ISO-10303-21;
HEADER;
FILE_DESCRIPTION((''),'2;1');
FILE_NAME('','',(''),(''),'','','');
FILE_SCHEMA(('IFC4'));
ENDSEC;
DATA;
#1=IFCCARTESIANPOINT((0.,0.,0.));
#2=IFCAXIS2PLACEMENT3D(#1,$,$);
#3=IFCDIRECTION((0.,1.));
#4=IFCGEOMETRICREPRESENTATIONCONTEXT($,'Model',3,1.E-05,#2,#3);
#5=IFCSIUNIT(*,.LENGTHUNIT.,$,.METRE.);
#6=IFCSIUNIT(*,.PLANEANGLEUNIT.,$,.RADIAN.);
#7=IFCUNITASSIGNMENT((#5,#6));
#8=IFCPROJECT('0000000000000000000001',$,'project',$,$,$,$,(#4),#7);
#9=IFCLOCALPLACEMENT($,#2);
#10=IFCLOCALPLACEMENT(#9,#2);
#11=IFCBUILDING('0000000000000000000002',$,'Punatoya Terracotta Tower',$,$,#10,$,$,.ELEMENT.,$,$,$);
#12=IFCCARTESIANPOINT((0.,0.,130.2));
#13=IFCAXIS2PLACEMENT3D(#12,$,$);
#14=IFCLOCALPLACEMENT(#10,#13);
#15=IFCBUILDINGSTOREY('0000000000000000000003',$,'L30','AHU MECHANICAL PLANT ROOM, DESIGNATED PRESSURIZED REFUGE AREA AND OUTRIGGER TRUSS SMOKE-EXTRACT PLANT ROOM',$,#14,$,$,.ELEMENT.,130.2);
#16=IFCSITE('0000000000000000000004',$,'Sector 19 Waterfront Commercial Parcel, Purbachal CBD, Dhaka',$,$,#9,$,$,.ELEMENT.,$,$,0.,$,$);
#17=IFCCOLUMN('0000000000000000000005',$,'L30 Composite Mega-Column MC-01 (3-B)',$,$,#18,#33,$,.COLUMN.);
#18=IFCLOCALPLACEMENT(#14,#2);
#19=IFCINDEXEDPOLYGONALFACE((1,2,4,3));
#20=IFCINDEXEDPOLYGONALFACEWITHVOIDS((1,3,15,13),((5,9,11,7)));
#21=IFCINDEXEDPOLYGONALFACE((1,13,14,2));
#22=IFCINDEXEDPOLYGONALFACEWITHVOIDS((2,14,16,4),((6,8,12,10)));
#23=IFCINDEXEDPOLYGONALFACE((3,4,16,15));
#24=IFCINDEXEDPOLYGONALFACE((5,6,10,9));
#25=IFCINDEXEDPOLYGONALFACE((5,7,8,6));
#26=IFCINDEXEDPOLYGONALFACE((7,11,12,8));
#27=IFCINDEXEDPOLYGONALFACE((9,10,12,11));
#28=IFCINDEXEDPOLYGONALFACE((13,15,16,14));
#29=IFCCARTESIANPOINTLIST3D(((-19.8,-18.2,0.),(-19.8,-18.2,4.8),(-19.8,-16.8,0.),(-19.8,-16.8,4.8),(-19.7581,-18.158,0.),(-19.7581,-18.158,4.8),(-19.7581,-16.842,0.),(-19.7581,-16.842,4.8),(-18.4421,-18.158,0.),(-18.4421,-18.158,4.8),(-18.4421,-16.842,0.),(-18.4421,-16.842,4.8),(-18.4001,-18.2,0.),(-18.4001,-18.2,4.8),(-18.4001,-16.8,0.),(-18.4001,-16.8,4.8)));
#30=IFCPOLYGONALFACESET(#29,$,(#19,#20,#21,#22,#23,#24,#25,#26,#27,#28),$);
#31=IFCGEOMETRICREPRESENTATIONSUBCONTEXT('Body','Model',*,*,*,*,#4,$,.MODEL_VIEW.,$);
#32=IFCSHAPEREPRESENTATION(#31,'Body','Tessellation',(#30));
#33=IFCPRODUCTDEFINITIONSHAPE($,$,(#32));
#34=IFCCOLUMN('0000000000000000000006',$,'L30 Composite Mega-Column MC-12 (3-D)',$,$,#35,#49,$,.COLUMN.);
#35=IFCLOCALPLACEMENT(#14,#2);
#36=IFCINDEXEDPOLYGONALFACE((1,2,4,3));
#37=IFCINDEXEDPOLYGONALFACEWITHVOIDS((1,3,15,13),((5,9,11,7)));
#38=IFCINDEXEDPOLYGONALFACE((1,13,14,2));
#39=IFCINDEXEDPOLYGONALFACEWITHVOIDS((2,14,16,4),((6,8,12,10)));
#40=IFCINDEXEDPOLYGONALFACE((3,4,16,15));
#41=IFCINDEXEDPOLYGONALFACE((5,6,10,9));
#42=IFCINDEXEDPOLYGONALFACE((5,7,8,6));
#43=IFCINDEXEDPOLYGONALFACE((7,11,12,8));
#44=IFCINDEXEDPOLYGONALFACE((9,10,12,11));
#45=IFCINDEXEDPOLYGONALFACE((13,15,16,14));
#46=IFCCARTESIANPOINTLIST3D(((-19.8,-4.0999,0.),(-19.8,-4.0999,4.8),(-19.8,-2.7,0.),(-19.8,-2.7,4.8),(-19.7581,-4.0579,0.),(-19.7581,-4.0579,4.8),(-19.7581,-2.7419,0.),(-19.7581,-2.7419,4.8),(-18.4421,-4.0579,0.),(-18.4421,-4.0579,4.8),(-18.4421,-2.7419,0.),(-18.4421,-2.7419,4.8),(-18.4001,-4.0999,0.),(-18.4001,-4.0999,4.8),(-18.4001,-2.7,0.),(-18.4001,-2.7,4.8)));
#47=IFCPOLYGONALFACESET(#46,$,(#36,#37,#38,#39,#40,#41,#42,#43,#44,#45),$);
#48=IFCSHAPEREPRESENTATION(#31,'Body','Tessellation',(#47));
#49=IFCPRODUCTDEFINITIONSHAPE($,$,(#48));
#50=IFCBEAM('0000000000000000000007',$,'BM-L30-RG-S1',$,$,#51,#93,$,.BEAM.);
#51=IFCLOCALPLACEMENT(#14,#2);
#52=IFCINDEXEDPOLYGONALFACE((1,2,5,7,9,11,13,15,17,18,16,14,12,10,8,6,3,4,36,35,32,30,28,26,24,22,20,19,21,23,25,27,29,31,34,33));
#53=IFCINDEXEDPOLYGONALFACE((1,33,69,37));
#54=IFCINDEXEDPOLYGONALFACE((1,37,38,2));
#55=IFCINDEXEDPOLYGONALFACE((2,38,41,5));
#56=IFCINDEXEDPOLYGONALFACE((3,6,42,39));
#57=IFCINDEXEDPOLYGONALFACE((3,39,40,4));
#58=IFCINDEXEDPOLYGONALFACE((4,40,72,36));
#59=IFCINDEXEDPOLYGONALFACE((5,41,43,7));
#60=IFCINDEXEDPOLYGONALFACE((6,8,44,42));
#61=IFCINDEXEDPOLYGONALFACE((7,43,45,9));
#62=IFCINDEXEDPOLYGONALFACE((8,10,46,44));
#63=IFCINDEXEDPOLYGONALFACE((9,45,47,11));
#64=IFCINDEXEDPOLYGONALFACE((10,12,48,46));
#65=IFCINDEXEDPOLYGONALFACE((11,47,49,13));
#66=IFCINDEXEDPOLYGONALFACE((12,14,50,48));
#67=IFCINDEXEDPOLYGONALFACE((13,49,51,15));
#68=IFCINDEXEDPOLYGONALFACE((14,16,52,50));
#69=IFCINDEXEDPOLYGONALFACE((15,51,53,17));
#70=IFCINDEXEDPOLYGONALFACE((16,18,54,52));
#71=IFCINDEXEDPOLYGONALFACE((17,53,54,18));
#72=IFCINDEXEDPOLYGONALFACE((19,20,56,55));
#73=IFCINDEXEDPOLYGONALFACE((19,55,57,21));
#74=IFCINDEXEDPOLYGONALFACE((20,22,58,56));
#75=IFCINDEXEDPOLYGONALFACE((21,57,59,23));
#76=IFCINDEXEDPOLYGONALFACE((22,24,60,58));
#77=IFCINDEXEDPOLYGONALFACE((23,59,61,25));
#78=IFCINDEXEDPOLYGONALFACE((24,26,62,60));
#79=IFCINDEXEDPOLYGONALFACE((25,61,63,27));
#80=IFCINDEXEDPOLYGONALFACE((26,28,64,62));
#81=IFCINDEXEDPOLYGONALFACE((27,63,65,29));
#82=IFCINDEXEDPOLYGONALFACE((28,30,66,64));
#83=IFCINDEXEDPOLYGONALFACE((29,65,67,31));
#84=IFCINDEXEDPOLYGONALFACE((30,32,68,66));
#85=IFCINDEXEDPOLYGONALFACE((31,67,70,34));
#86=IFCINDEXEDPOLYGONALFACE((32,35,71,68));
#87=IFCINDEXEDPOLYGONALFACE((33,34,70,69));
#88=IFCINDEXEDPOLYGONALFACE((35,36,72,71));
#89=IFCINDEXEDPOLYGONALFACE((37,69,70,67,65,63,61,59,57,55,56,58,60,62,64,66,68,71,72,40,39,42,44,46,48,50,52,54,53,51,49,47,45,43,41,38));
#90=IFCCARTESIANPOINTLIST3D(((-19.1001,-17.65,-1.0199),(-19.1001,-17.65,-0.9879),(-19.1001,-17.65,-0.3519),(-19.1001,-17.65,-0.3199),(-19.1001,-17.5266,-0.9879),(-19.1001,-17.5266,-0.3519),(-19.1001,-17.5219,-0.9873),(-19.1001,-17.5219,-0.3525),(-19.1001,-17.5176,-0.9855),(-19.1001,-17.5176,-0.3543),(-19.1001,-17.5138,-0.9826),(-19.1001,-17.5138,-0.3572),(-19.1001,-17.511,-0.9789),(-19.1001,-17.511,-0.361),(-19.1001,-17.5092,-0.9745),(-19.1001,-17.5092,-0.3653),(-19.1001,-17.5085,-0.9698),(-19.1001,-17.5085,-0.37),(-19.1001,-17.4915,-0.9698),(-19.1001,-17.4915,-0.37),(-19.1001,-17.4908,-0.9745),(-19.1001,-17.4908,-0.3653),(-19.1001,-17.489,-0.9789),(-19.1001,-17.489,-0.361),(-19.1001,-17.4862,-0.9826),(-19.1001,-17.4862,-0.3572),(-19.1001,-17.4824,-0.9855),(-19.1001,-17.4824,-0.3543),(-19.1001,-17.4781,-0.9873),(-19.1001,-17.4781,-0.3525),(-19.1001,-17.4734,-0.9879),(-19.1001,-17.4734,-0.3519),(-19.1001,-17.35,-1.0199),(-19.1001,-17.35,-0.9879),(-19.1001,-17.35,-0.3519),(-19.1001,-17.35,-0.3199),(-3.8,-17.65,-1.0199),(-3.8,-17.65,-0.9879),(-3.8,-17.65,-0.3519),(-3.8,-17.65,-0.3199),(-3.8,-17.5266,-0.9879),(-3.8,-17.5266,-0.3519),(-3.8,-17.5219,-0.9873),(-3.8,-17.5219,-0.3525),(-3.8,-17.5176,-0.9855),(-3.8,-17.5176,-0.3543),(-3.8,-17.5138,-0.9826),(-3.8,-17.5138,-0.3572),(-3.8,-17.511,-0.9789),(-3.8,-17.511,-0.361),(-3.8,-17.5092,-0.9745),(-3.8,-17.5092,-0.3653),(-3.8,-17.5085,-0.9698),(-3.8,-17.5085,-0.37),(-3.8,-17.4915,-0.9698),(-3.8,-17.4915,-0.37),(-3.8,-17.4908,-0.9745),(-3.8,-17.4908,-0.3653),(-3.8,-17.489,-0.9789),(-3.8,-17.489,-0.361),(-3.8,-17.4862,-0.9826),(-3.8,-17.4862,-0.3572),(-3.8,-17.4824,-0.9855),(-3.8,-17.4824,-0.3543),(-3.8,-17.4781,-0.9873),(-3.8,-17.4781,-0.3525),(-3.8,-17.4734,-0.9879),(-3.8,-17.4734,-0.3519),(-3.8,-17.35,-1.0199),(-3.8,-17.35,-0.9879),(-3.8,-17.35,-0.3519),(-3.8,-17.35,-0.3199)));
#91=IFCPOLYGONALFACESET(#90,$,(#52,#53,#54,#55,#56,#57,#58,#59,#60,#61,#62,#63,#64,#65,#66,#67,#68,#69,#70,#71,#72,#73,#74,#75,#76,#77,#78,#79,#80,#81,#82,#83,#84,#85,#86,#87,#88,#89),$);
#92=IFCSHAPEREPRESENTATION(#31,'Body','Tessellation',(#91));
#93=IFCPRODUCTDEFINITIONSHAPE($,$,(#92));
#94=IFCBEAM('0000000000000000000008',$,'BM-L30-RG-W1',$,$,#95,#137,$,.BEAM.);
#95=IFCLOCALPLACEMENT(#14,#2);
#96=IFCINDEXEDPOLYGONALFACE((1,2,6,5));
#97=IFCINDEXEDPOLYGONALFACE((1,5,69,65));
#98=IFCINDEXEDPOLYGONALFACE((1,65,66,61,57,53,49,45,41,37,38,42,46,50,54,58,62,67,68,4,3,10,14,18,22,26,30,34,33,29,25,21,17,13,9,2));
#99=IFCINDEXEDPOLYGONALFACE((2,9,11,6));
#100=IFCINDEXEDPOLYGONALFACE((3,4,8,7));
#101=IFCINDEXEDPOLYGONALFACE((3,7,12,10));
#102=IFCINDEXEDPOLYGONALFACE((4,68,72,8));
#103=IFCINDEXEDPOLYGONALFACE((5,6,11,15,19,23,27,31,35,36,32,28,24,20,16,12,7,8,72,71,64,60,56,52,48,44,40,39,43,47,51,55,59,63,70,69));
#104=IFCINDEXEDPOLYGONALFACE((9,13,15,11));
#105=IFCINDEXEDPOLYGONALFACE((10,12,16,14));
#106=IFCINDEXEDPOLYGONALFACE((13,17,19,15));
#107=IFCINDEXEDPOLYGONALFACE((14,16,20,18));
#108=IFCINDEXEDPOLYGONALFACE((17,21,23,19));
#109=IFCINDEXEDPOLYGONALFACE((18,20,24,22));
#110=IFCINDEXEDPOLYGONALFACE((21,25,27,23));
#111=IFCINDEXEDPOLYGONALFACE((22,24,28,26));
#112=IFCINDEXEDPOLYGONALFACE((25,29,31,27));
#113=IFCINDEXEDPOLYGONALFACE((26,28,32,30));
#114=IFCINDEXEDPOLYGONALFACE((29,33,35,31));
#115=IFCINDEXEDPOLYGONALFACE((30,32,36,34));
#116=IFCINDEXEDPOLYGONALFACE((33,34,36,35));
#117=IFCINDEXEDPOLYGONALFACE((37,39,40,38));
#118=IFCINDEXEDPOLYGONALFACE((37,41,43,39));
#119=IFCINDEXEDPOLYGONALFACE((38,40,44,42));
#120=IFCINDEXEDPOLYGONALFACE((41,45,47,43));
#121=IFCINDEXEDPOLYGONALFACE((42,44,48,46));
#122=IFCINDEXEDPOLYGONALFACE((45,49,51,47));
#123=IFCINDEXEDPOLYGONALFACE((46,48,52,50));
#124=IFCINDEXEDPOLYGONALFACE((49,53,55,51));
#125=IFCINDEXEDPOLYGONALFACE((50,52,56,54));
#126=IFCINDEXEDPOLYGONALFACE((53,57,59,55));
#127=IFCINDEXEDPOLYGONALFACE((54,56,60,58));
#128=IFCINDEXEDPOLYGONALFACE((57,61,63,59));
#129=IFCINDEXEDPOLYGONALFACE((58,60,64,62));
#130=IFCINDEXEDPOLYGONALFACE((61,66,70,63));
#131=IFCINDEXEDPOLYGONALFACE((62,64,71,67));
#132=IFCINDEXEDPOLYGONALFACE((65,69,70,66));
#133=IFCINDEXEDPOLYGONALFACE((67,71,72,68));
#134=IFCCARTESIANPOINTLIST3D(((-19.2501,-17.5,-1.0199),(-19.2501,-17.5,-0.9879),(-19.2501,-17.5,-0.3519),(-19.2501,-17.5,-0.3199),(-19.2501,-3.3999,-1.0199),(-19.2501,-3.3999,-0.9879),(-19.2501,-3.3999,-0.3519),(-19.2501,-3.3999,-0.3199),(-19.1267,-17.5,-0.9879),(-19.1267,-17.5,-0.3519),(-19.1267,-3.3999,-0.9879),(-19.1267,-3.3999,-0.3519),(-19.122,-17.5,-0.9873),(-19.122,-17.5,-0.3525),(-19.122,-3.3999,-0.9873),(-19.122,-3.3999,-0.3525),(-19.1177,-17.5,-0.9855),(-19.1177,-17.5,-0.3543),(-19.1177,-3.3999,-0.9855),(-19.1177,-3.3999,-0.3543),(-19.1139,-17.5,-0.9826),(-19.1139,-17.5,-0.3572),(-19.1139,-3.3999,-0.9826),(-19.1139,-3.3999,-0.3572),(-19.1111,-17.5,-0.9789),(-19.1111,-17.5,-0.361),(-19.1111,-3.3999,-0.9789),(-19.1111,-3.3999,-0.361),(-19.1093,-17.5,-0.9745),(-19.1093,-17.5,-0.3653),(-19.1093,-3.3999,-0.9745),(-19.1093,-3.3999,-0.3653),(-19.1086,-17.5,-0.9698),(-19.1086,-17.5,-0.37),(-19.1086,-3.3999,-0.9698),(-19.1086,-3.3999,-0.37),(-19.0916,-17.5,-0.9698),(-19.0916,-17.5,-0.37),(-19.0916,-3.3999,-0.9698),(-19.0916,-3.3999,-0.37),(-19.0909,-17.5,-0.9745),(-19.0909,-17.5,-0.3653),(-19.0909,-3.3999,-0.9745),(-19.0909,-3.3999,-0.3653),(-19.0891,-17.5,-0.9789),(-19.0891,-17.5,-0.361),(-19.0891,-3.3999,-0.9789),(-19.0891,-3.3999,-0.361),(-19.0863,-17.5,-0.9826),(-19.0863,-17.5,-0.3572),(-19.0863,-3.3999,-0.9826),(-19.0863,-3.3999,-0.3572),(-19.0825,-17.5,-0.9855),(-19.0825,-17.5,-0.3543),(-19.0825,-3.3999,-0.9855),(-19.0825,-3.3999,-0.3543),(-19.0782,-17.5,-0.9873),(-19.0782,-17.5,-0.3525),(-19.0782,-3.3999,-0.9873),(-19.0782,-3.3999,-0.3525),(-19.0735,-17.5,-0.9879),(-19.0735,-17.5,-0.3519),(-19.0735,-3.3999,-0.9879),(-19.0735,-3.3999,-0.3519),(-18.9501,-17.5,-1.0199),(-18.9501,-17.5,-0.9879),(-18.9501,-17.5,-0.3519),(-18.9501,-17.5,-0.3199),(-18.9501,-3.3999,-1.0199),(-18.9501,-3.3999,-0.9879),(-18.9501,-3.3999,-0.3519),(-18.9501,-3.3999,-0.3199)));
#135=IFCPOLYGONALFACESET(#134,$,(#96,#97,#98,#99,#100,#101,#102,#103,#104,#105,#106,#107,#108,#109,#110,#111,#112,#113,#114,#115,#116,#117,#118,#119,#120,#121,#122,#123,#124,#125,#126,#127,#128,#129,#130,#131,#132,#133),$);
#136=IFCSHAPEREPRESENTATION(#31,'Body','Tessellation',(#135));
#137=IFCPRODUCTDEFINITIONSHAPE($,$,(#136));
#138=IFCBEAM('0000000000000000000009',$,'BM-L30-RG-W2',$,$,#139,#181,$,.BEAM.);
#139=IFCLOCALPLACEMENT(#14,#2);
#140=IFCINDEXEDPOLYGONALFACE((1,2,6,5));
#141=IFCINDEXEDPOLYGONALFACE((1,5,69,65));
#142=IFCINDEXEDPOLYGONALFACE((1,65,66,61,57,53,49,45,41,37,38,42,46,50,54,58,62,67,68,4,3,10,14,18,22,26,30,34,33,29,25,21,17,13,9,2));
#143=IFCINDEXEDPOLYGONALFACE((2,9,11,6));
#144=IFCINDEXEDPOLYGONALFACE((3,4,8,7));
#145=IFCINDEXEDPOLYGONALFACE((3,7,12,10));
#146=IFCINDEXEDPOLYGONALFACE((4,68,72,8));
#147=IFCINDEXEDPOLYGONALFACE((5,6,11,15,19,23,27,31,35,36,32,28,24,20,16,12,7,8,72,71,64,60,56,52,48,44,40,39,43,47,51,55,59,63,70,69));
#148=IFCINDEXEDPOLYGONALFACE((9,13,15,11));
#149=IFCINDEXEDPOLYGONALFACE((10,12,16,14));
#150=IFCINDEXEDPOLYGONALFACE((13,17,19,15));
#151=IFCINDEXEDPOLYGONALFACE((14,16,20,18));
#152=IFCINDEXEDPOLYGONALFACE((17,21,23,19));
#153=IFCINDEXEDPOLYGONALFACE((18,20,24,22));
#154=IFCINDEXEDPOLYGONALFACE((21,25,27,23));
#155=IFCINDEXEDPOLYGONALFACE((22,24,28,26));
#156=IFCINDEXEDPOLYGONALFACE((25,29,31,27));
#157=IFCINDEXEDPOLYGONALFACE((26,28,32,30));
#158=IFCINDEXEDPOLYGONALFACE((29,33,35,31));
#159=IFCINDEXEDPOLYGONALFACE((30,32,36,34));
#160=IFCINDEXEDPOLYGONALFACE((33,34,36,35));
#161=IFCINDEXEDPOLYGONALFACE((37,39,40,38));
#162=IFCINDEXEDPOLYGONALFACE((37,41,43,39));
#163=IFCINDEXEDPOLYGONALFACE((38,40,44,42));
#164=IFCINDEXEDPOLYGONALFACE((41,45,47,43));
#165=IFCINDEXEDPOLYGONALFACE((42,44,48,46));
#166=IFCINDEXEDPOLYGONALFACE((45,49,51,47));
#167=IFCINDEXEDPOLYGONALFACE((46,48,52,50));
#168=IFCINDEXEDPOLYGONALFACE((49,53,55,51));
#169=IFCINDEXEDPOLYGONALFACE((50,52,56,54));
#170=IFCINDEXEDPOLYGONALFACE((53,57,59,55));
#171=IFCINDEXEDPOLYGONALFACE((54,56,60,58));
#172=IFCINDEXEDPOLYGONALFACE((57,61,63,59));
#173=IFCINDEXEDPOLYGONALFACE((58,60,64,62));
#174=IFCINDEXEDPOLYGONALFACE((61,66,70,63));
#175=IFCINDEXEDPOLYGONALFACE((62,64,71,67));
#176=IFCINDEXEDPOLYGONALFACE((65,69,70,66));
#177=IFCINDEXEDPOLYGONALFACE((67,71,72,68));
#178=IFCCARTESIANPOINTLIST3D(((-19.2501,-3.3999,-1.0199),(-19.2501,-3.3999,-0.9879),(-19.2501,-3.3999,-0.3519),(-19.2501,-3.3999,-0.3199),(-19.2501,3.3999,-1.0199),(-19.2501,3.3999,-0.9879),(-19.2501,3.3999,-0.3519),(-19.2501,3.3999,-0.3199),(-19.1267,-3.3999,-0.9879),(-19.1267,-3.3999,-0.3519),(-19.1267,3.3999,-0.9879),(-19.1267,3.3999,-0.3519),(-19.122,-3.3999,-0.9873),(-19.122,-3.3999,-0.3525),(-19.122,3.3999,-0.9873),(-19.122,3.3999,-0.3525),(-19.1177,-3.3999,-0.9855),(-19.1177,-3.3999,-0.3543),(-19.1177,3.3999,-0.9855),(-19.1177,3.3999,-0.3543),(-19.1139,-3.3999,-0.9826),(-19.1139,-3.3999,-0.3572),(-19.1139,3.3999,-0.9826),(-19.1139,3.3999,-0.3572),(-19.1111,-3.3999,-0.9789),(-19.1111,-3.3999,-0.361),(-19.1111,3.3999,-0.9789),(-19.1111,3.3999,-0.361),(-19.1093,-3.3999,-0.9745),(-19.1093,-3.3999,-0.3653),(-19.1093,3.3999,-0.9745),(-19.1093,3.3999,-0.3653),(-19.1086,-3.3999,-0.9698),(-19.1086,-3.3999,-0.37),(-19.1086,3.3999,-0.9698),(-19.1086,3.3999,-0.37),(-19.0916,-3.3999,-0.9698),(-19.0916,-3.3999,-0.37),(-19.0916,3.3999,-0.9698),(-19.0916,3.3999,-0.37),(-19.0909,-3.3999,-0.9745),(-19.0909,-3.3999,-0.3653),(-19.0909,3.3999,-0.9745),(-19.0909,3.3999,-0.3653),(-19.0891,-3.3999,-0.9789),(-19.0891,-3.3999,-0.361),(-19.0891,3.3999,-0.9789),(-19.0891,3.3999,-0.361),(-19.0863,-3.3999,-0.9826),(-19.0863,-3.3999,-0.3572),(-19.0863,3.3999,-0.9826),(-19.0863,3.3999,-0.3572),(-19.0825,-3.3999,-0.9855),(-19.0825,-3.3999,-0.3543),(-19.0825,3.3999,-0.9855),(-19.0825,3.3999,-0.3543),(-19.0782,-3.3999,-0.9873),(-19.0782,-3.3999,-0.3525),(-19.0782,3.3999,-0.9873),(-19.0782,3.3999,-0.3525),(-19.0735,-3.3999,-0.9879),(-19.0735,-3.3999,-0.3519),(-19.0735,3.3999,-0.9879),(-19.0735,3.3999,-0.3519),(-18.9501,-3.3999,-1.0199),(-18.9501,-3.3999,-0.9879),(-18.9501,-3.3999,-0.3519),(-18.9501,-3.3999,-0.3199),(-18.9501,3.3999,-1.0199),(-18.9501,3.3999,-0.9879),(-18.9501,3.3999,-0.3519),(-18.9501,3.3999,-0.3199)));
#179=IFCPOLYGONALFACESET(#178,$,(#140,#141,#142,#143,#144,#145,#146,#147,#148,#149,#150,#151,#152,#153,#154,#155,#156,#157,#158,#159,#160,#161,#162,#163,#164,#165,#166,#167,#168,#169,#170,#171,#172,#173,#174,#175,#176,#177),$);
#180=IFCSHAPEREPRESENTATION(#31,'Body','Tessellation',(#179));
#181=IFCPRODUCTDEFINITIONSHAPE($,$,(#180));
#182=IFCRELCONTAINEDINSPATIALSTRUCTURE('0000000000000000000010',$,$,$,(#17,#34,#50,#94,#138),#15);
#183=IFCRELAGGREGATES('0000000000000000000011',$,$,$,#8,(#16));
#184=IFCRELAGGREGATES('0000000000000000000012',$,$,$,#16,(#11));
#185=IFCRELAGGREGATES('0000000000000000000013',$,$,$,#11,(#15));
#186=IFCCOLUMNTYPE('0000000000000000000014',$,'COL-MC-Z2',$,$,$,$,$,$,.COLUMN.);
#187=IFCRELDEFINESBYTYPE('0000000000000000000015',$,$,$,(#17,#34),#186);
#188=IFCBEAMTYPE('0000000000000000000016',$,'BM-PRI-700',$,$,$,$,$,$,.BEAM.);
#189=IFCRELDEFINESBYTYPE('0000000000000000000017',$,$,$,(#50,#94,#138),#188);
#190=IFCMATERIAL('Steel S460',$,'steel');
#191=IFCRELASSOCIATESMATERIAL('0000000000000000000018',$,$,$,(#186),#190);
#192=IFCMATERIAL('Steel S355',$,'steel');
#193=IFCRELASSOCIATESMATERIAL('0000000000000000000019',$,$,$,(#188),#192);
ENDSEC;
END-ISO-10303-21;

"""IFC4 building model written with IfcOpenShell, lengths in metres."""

from ifc_helpers import new_model, si_unit, direction, frame, origin, origin_2d, place, context, subcontext, project, spatial, hollow_rectangle, i_section, extrude, material, material_profile, profile_set, type_object, element, save


model = new_model("IFC4")

# Units and contexts
model_context = context("Model", 3, precision=1e-05, world=origin(), true_north=direction((0.0, 1.0)))
body_context = subcontext(model_context, "Body", "Model", "MODEL_VIEW")
ifc_project = project(units=[si_unit("LENGTHUNIT", "METRE"), si_unit("PLANEANGLEUNIT", "RADIAN")], contexts=[model_context])

# Site, building, storey
site_placement = place(None, origin())
site = spatial("IfcSite", under=ifc_project, at=site_placement, Name="Sector 19 Waterfront Commercial Parcel, Purbachal CBD, Dhaka", CompositionType="ELEMENT", RefElevation=0.0)
building_placement = place(site_placement, origin())
building = spatial("IfcBuilding", under=site, at=building_placement, Name="Punatoya Terracotta Tower", CompositionType="ELEMENT")
storey_placement = place(building_placement, frame((0.0, 0.0, 130.2)))
storey = spatial("IfcBuildingStorey", under=building, at=storey_placement, Name="L30", Description="AHU MECHANICAL PLANT ROOM, DESIGNATED PRESSURIZED REFUGE AREA AND OUTRIGGER TRUSS SMOKE-EXTRACT PLANT ROOM", CompositionType="ELEMENT", Elevation=130.2)

# Columns
ifc_material_1 = material(Name="Steel S460", Category="steel")
ifc_material_profile_1 = material_profile(ifc_material_1, hollow_rectangle(XDim=1.3999, YDim=1.3999, WallThickness=0.042, at=origin_2d()))
ifc_profile_set_1 = profile_set([ifc_material_profile_1], Name="Steel S460")
column_type = type_object("IfcColumnType", Name="COL-MC-Z2", PredefinedType="COLUMN", material=ifc_profile_set_1)
for number, where, z_axis, x_axis, name in (
    (1, (-19.1001, -17.5, 0.0), (0.0, 0.0, 1.0), (1.0, 0.0, 0.0), "L30 Composite Mega-Column MC-01 (3-B)"),
    (2, (-19.1001, -3.3999, 0.0), (0.0, 0.0, 1.0), (1.0, 0.0, 0.0), "L30 Composite Mega-Column MC-12 (3-D)"),
):
    element("IfcColumn", number, at=place(storey_placement, frame(where, z_axis=z_axis, x_axis=x_axis)), inside=storey, type_object=column_type, Name=name, PredefinedType="COLUMN", context=body_context, shape_type="SweptSolid", body=[
        extrude(hollow_rectangle(XDim=1.3999, YDim=1.3999, WallThickness=0.042, at=origin_2d()), origin(), (0.0, 0.0, 1.0), 4.8),
    ])

# Beams
ifc_material_2 = material(Name="Steel S355", Category="steel")
ifc_material_profile_2 = material_profile(ifc_material_2, i_section(OverallWidth=0.3, OverallDepth=0.7, WebThickness=0.0171, FlangeThickness=0.032, FilletRadius=0.0181, at=origin_2d()))
ifc_profile_set_2 = profile_set([ifc_material_profile_2], Name="Steel S355")
beam_type_1 = type_object("IfcBeamType", Name="BM-PRI-700", PredefinedType="BEAM", material=ifc_profile_set_2)
beam_1_placement = place(storey_placement, frame((-19.1001, -17.5, -0.6699), z_axis=(1.0, 0.0, 0.0), x_axis=(0.0, 1.0, 0.0)))
element("IfcBeam", 3, at=beam_1_placement, inside=storey, type_object=beam_type_1, Name="BM-L30-RG-S1", PredefinedType="BEAM", context=body_context, shape_type="SweptSolid", body=[
    extrude(i_section(OverallWidth=0.3, OverallDepth=0.7, WebThickness=0.0171, FlangeThickness=0.032, FilletRadius=0.0181, at=origin_2d()), origin(), (0.0, 0.0, 1.0), 15.3),
])
beam_2_placement = place(storey_placement, frame((-19.1001, -17.5, -0.6699), z_axis=(0.0, 1.0, 0.0), x_axis=(-1.0, 0.0, 0.0)))
element("IfcBeam", 4, at=beam_2_placement, inside=storey, type_object=beam_type_1, Name="BM-L30-RG-W1", PredefinedType="BEAM", context=body_context, shape_type="SweptSolid", body=[
    extrude(i_section(OverallWidth=0.3, OverallDepth=0.7, WebThickness=0.0171, FlangeThickness=0.032, FilletRadius=0.0181, at=origin_2d()), origin(), (0.0, 0.0, 1.0), 14.1001),
])
beam_3_placement = place(storey_placement, frame((-19.1001, -3.3999, -0.6699), z_axis=(0.0, 1.0, 0.0), x_axis=(-1.0, 0.0, 0.0)))
element("IfcBeam", 5, at=beam_3_placement, inside=storey, type_object=beam_type_1, Name="BM-L30-RG-W2", PredefinedType="BEAM", context=body_context, shape_type="SweptSolid", body=[
    extrude(i_section(OverallWidth=0.3, OverallDepth=0.7, WebThickness=0.0171, FlangeThickness=0.032, FilletRadius=0.0181, at=origin_2d()), origin(), (0.0, 0.0, 1.0), 6.7998),
])

save(model, "model.ifc")
